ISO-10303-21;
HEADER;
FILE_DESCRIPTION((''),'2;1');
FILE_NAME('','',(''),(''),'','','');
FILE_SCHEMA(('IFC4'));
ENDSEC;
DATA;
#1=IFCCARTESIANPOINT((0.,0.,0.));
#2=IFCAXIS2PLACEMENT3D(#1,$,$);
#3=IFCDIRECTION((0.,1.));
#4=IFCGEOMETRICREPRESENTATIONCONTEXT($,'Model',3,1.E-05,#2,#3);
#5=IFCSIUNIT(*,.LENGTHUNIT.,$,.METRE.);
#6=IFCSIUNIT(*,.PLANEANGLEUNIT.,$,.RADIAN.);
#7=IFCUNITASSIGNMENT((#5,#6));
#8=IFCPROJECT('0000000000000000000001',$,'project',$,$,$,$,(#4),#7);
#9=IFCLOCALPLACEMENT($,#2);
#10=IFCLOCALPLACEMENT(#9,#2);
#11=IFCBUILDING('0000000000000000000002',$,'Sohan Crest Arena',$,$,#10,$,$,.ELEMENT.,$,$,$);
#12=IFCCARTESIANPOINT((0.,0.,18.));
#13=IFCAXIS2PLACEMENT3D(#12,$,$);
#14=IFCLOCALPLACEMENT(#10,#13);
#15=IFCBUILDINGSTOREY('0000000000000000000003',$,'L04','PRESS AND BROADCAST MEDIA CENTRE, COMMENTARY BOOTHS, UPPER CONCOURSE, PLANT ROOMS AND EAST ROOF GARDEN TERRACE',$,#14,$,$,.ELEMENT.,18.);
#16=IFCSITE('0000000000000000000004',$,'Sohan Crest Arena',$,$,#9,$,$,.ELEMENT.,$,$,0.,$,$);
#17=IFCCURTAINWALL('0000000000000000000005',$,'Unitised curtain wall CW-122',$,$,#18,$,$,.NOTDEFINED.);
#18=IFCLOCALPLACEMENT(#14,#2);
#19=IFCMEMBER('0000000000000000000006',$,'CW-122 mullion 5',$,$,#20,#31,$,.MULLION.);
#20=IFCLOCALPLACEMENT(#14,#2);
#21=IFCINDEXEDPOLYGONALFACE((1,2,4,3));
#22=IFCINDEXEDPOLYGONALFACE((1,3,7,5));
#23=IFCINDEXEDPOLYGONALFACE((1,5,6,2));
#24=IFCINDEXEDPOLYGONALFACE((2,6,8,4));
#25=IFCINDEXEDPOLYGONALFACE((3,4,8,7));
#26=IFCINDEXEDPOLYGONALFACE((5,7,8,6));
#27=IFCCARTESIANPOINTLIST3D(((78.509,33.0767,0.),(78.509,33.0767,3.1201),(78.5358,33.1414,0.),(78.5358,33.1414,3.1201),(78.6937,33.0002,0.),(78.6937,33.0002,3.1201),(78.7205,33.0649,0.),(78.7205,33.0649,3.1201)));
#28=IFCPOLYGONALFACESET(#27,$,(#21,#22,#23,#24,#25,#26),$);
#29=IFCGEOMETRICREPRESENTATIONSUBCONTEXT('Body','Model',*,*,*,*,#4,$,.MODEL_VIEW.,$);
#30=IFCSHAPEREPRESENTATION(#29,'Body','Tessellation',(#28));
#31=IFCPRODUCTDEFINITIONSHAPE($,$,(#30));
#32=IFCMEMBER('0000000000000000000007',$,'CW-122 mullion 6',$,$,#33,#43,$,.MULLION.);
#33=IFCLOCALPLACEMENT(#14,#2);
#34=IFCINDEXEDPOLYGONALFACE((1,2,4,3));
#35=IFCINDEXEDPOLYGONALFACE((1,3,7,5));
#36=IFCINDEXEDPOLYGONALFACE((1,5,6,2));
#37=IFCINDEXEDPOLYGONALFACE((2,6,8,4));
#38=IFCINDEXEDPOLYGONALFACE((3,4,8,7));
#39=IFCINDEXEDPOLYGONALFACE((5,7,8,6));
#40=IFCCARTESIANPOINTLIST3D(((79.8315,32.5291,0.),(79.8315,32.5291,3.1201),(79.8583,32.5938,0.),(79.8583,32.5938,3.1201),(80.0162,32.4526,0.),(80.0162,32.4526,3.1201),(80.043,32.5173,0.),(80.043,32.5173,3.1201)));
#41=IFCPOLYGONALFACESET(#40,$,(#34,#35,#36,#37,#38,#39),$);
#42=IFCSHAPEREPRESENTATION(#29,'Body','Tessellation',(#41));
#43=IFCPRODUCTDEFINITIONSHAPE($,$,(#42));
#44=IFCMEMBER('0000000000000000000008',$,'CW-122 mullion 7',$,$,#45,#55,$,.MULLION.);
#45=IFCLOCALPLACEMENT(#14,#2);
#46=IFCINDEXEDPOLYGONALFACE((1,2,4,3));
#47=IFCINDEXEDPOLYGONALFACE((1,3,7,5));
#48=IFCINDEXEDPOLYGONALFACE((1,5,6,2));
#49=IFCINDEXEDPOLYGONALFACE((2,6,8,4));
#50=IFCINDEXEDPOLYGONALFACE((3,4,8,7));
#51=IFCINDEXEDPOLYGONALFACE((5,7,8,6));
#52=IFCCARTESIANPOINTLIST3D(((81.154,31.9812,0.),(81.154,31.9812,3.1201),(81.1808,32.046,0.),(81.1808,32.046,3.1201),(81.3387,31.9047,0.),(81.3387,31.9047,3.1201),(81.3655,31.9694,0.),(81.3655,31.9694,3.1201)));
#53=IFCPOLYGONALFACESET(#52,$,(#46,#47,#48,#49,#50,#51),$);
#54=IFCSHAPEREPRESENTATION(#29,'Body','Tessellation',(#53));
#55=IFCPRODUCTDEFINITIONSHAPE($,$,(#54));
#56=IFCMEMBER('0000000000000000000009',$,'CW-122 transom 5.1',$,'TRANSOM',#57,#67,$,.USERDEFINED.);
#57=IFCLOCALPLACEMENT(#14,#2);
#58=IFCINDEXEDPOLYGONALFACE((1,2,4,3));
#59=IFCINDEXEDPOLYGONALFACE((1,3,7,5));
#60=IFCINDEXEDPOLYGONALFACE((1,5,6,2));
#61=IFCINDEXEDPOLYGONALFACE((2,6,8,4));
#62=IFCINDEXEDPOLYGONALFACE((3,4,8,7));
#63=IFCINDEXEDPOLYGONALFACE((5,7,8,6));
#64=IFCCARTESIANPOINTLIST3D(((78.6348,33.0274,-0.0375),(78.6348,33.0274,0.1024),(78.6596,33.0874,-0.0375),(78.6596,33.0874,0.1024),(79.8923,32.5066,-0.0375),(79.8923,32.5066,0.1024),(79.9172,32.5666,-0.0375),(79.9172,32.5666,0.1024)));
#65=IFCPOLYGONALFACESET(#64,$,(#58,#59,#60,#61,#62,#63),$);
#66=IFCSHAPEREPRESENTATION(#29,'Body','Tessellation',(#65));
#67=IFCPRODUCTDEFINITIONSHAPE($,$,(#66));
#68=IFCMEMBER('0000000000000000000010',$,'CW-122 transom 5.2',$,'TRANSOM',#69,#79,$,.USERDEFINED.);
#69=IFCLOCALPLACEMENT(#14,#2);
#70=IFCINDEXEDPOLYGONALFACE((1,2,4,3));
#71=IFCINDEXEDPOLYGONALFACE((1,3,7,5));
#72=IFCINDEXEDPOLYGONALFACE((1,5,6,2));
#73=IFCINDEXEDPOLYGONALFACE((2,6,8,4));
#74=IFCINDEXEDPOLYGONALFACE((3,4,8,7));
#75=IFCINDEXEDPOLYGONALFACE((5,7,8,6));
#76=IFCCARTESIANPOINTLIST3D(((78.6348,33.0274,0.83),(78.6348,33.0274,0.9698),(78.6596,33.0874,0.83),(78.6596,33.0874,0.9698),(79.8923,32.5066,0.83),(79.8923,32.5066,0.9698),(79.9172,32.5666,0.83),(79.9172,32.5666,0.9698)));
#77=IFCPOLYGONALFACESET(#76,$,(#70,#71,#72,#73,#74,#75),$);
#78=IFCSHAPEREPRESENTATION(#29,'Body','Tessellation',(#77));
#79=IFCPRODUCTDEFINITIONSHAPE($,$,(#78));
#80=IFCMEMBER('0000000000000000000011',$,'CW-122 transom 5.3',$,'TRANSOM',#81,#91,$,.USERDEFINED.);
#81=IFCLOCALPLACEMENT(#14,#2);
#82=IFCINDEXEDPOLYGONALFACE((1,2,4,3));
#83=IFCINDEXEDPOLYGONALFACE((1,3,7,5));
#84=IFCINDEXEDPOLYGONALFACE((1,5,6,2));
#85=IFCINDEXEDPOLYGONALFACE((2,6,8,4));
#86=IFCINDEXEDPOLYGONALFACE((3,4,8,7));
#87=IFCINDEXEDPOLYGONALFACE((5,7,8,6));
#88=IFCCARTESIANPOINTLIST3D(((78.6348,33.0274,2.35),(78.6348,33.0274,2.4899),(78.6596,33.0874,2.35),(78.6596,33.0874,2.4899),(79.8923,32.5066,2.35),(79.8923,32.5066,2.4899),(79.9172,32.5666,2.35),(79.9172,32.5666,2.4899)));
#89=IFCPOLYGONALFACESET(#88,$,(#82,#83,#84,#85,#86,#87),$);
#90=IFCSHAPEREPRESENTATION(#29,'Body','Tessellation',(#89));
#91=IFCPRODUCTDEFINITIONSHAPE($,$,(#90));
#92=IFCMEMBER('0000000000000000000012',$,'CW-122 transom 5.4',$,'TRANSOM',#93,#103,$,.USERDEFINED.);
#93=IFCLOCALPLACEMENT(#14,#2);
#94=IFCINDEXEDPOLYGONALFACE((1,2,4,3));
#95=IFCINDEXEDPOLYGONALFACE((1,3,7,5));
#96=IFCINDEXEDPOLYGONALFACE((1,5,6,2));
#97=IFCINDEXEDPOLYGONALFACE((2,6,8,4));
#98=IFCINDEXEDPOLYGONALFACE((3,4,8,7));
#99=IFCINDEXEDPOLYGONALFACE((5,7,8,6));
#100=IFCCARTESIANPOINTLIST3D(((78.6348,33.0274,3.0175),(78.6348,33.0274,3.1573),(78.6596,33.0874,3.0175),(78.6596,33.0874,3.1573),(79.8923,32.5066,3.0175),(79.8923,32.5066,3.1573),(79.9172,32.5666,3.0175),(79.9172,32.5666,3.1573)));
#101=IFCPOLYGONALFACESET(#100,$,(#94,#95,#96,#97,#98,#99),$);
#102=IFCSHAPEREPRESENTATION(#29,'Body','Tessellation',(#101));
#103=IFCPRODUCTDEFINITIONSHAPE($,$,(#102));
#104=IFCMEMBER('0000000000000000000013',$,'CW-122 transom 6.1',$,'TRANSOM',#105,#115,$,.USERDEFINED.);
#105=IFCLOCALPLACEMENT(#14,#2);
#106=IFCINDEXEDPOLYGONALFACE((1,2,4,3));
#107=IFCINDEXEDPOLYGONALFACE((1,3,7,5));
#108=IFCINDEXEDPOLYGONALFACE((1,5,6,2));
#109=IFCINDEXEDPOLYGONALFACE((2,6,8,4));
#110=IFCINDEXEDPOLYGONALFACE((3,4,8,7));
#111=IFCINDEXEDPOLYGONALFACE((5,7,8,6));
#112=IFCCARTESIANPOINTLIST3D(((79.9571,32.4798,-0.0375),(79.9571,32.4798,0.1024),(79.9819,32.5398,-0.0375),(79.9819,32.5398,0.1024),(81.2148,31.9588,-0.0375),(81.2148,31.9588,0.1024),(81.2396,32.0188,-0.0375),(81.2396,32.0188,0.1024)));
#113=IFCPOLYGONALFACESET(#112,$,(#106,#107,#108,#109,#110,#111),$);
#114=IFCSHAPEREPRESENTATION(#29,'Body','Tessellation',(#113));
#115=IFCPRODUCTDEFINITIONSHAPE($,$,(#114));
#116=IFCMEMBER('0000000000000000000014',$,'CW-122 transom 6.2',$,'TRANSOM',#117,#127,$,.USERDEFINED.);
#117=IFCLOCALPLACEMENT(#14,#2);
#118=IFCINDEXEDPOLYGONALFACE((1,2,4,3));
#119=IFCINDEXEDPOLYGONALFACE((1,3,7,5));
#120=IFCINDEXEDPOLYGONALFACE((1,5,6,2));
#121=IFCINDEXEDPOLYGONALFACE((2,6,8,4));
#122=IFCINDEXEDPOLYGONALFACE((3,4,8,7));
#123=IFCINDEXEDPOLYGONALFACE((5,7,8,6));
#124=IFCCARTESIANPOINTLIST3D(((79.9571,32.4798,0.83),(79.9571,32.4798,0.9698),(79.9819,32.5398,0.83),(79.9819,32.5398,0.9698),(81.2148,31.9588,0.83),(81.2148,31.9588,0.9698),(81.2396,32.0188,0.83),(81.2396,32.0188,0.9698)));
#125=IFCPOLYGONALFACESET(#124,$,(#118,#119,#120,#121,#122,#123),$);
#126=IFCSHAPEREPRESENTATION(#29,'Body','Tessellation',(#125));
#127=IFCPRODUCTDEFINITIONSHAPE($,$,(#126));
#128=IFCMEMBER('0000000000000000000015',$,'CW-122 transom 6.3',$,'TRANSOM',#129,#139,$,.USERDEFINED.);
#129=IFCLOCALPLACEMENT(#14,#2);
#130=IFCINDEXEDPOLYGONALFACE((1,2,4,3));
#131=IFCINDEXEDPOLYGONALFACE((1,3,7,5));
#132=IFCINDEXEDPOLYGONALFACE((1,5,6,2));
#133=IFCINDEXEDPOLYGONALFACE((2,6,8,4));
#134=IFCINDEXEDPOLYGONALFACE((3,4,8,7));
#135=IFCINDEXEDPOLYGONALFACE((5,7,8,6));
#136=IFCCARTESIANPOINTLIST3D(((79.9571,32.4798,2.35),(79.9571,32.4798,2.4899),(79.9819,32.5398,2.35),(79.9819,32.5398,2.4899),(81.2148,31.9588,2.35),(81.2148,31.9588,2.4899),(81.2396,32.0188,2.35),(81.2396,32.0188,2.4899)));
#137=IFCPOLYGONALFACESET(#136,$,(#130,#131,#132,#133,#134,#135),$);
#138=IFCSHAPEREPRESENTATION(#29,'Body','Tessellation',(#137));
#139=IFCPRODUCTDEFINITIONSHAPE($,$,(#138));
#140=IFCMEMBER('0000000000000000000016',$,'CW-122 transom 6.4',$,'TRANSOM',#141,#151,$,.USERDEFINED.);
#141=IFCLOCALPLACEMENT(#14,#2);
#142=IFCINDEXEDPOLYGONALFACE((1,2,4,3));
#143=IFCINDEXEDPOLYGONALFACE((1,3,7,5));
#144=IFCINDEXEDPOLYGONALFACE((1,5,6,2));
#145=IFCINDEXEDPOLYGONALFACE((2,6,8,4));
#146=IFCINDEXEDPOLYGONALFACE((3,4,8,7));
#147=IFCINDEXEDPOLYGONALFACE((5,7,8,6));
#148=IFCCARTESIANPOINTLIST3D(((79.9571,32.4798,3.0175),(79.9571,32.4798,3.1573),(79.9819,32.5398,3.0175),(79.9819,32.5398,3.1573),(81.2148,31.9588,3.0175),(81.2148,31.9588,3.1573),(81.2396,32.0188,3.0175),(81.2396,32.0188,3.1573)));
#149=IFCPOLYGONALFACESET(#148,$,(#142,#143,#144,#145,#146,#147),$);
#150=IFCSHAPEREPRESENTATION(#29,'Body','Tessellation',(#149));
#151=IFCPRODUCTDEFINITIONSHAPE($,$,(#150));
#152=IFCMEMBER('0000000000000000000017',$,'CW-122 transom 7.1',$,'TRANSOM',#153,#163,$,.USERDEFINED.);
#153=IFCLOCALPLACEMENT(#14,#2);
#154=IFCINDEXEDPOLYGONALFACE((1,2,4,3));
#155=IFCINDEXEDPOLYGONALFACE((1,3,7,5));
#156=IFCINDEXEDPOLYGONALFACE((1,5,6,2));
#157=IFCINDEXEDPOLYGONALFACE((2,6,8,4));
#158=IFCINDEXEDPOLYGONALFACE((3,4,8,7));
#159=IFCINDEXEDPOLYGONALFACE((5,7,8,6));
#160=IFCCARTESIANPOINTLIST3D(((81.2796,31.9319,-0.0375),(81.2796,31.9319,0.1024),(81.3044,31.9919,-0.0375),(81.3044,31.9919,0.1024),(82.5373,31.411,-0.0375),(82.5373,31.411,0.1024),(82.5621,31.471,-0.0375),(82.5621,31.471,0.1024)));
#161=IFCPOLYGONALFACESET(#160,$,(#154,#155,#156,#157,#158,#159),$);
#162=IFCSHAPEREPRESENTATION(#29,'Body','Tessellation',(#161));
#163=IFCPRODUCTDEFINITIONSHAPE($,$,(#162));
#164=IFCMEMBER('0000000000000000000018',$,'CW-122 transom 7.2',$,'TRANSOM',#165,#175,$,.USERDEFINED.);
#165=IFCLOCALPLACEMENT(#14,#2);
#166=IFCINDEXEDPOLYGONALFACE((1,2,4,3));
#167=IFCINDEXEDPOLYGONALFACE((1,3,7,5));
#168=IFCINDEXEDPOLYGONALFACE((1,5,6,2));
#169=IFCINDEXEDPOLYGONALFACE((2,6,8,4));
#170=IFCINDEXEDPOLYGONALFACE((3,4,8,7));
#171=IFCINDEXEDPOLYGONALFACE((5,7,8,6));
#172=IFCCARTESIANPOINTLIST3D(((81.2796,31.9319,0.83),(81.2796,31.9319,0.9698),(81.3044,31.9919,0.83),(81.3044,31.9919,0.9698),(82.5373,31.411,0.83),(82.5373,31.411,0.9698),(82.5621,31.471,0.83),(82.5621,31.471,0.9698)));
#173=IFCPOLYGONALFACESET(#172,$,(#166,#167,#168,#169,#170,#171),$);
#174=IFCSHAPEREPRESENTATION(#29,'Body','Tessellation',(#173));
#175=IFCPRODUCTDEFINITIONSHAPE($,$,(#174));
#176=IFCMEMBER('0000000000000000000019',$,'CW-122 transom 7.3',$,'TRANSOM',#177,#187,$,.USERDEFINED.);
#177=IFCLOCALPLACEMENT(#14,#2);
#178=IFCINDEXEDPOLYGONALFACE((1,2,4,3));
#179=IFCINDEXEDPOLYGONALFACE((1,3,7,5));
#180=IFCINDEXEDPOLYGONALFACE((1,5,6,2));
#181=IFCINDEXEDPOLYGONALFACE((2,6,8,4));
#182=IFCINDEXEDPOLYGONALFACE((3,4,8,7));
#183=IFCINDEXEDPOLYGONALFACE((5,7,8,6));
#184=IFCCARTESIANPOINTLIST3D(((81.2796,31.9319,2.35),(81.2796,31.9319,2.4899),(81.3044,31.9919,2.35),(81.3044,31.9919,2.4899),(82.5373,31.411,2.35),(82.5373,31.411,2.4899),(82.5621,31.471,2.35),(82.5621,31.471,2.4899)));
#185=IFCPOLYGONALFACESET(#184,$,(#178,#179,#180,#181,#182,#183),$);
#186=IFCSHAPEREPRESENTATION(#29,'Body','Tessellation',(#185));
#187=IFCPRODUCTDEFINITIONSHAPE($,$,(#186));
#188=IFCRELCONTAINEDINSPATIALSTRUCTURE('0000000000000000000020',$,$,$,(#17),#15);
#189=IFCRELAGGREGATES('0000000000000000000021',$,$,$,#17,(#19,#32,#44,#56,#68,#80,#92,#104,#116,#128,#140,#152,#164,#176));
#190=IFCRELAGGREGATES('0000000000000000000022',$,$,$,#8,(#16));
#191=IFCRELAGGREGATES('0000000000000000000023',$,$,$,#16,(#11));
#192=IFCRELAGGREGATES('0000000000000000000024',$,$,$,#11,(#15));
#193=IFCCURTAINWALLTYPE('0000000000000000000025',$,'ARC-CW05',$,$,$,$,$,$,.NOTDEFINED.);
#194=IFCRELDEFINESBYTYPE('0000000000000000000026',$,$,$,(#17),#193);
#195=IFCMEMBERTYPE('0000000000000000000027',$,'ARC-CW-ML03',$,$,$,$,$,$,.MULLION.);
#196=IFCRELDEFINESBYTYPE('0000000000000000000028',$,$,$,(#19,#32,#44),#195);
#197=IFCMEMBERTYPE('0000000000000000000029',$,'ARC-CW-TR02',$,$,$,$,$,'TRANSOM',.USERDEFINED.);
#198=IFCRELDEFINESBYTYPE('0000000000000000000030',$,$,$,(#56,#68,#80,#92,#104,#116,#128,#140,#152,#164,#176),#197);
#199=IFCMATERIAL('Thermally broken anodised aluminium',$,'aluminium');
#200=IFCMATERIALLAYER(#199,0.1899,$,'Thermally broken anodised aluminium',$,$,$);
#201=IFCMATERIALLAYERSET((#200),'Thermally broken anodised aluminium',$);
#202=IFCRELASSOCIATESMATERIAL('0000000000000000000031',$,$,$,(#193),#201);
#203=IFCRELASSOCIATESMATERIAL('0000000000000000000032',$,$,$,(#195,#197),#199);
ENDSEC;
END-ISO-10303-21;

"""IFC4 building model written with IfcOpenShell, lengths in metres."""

from ifc_helpers import new_model, si_unit, direction, frame, origin, origin_2d, place, context, subcontext, project, spatial, rectangle, extrude, material, layer, layer_set, material_profile, profile_set, type_object, element, aggregate, save


model = new_model("IFC4")

# Units and contexts
model_context = context("Model", 3, precision=1e-05, world=origin(), true_north=direction((0.0, 1.0)))
body_context = subcontext(model_context, "Body", "Model", "MODEL_VIEW")
ifc_project = project(units=[si_unit("LENGTHUNIT", "METRE"), si_unit("PLANEANGLEUNIT", "RADIAN")], contexts=[model_context])

# Site, building, storey
site_placement = place(None, origin())
site = spatial("IfcSite", under=ifc_project, at=site_placement, Name="Sohan Crest Arena", CompositionType="ELEMENT", RefElevation=0.0)
building_placement = place(site_placement, origin())
building = spatial("IfcBuilding", under=site, at=building_placement, Name="Sohan Crest Arena", CompositionType="ELEMENT")
storey_placement = place(building_placement, frame((0.0, 0.0, 18.0)))
storey = spatial("IfcBuildingStorey", under=building, at=storey_placement, Name="L04", Description="PRESS AND BROADCAST MEDIA CENTRE, COMMENTARY BOOTHS, UPPER CONCOURSE, PLANT ROOMS AND EAST ROOF GARDEN TERRACE", CompositionType="ELEMENT", Elevation=18.0)

# Curtain wall, members
ifc_material_1 = material(Name="Thermally broken anodised aluminium", Category="aluminium")
ifc_layer_1 = layer(ifc_material_1, 0.1899, Name="Thermally broken anodised aluminium")
ifc_layer_set_1 = layer_set([ifc_layer_1], Name="Thermally broken anodised aluminium")
curtain_wall_type = type_object("IfcCurtainWallType", Name="ARC-CW05", PredefinedType="NOTDEFINED", material=ifc_layer_set_1)
curtain_wall_placement = place(storey_placement, origin())
curtain_wall = element("IfcCurtainWall", 1, at=curtain_wall_placement, inside=storey, type_object=curtain_wall_type, Name="Unitised curtain wall CW-122", PredefinedType="NOTDEFINED")
ifc_material_profile_1 = material_profile(ifc_material_1, rectangle(XDim=0.0701, YDim=0.2, at=origin_2d()), Name="ALU-MULL 70x200")
ifc_profile_set_1 = profile_set([ifc_material_profile_1], Name="Thermally broken anodised aluminium")
member_type_1 = type_object("IfcMemberType", Name="ARC-CW-ML03", PredefinedType="MULLION", material=ifc_profile_set_1)
member_1_placement = place(storey_placement, frame((78.6147, 33.0708, 0.0), z_axis=(0.0, 0.0, 1.0), x_axis=(0.382685, 0.923879, 0.0)))
member_1 = element("IfcMember", 2, at=member_1_placement, type_object=member_type_1, Name="CW-122 mullion 5", PredefinedType="MULLION", context=body_context, shape_type="SweptSolid", body=[
    extrude(rectangle(XDim=0.0701, YDim=0.2, at=origin_2d()), origin(), (0.0, 0.0, 1.0), 3.1201),
])
member_2_placement = place(storey_placement, frame((79.9373, 32.5232, 0.0), z_axis=(0.0, 0.0, 1.0), x_axis=(0.382685, 0.923879, 0.0)))
member_2 = element("IfcMember", 3, at=member_2_placement, type_object=member_type_1, Name="CW-122 mullion 6", PredefinedType="MULLION", context=body_context, shape_type="SweptSolid", body=[
    extrude(rectangle(XDim=0.0701, YDim=0.2, at=origin_2d()), origin(), (0.0, 0.0, 1.0), 3.1201),
])
member_3_placement = place(storey_placement, frame((81.2598, 31.9753, 0.0), z_axis=(0.0, 0.0, 1.0), x_axis=(0.382685, 0.923879, 0.0)))
member_3 = element("IfcMember", 4, at=member_3_placement, type_object=member_type_1, Name="CW-122 mullion 7", PredefinedType="MULLION", context=body_context, shape_type="SweptSolid", body=[
    extrude(rectangle(XDim=0.0701, YDim=0.2, at=origin_2d()), origin(), (0.0, 0.0, 1.0), 3.1201),
])
ifc_material_profile_2 = material_profile(ifc_material_1, rectangle(XDim=0.0649, YDim=0.1399, at=origin_2d()), Name="ALU-TRAN 65x140")
ifc_profile_set_2 = profile_set([ifc_material_profile_2], Name="Thermally broken anodised aluminium")
member_type_2 = type_object("IfcMemberType", Name="ARC-CW-TR02", ElementType="TRANSOM", PredefinedType="USERDEFINED", material=ifc_profile_set_2)
member_4_placement = place(storey_placement, frame((78.6472, 33.0574, 0.0325), z_axis=(0.923918, -0.382589, 0.0), x_axis=(0.382589, 0.923918, 0.0)))
member_4 = element("IfcMember", 5, at=member_4_placement, type_object=member_type_2, Name="CW-122 transom 5.1", ObjectType="TRANSOM", PredefinedType="USERDEFINED", context=body_context, shape_type="SweptSolid", body=[
    extrude(rectangle(XDim=0.0649, YDim=0.1399, at=origin_2d()), origin(), (0.0, 0.0, 1.0), 1.3611),
])
member_5_placement = place(storey_placement, frame((78.6472, 33.0574, 0.8999), z_axis=(0.923918, -0.382589, 0.0), x_axis=(0.382589, 0.923918, 0.0)))
member_5 = element("IfcMember", 6, at=member_5_placement, type_object=member_type_2, Name="CW-122 transom 5.2", ObjectType="TRANSOM", PredefinedType="USERDEFINED", context=body_context, shape_type="SweptSolid", body=[
    extrude(rectangle(XDim=0.0649, YDim=0.1399, at=origin_2d()), origin(), (0.0, 0.0, 1.0), 1.3611),
])
member_6_placement = place(storey_placement, frame((78.6472, 33.0574, 2.4199), z_axis=(0.923918, -0.382589, 0.0), x_axis=(0.382589, 0.923918, 0.0)))
member_6 = element("IfcMember", 7, at=member_6_placement, type_object=member_type_2, Name="CW-122 transom 5.3", ObjectType="TRANSOM", PredefinedType="USERDEFINED", context=body_context, shape_type="SweptSolid", body=[
    extrude(rectangle(XDim=0.0649, YDim=0.1399, at=origin_2d()), origin(), (0.0, 0.0, 1.0), 1.3611),
])
member_7_placement = place(storey_placement, frame((78.6472, 33.0574, 3.0874), z_axis=(0.923918, -0.382589, 0.0), x_axis=(0.382589, 0.923918, 0.0)))
member_7 = element("IfcMember", 8, at=member_7_placement, type_object=member_type_2, Name="CW-122 transom 5.4", ObjectType="TRANSOM", PredefinedType="USERDEFINED", context=body_context, shape_type="SweptSolid", body=[
    extrude(rectangle(XDim=0.0649, YDim=0.1399, at=origin_2d()), origin(), (0.0, 0.0, 1.0), 1.3611),
])
member_8_placement = place(storey_placement, frame((79.9695, 32.5098, 0.0325), z_axis=(0.923881, -0.382679, 0.0), x_axis=(0.382679, 0.923881, 0.0)))
member_8 = element("IfcMember", 9, at=member_8_placement, type_object=member_type_2, Name="CW-122 transom 6.1", ObjectType="TRANSOM", PredefinedType="USERDEFINED", context=body_context, shape_type="SweptSolid", body=[
    extrude(rectangle(XDim=0.0649, YDim=0.1399, at=origin_2d()), origin(), (0.0, 0.0, 1.0), 1.3613),
])
member_9_placement = place(storey_placement, frame((79.9695, 32.5098, 0.8999), z_axis=(0.923881, -0.382679, 0.0), x_axis=(0.382679, 0.923881, 0.0)))
member_9 = element("IfcMember", 10, at=member_9_placement, type_object=member_type_2, Name="CW-122 transom 6.2", ObjectType="TRANSOM", PredefinedType="USERDEFINED", context=body_context, shape_type="SweptSolid", body=[
    extrude(rectangle(XDim=0.0649, YDim=0.1399, at=origin_2d()), origin(), (0.0, 0.0, 1.0), 1.3613),
])
member_10_placement = place(storey_placement, frame((79.9695, 32.5098, 2.4199), z_axis=(0.923881, -0.382679, 0.0), x_axis=(0.382679, 0.923881, 0.0)))
member_10 = element("IfcMember", 11, at=member_10_placement, type_object=member_type_2, Name="CW-122 transom 6.3", ObjectType="TRANSOM", PredefinedType="USERDEFINED", context=body_context, shape_type="SweptSolid", body=[
    extrude(rectangle(XDim=0.0649, YDim=0.1399, at=origin_2d()), origin(), (0.0, 0.0, 1.0), 1.3613),
])
member_11_placement = place(storey_placement, frame((79.9695, 32.5098, 3.0874), z_axis=(0.923881, -0.382679, 0.0), x_axis=(0.382679, 0.923881, 0.0)))
member_11 = element("IfcMember", 12, at=member_11_placement, type_object=member_type_2, Name="CW-122 transom 6.4", ObjectType="TRANSOM", PredefinedType="USERDEFINED", context=body_context, shape_type="SweptSolid", body=[
    extrude(rectangle(XDim=0.0649, YDim=0.1399, at=origin_2d()), origin(), (0.0, 0.0, 1.0), 1.3613),
])
member_12_placement = place(storey_placement, frame((81.292, 31.9619, 0.0325), z_axis=(0.923881, -0.382679, 0.0), x_axis=(0.382679, 0.923881, 0.0)))
member_12 = element("IfcMember", 13, at=member_12_placement, type_object=member_type_2, Name="CW-122 transom 7.1", ObjectType="TRANSOM", PredefinedType="USERDEFINED", context=body_context, shape_type="SweptSolid", body=[
    extrude(rectangle(XDim=0.0649, YDim=0.1399, at=origin_2d()), origin(), (0.0, 0.0, 1.0), 1.3613),
])
member_13_placement = place(storey_placement, frame((81.292, 31.9619, 0.8999), z_axis=(0.923881, -0.382679, 0.0), x_axis=(0.382679, 0.923881, 0.0)))
member_13 = element("IfcMember", 14, at=member_13_placement, type_object=member_type_2, Name="CW-122 transom 7.2", ObjectType="TRANSOM", PredefinedType="USERDEFINED", context=body_context, shape_type="SweptSolid", body=[
    extrude(rectangle(XDim=0.0649, YDim=0.1399, at=origin_2d()), origin(), (0.0, 0.0, 1.0), 1.3613),
])
member_14_placement = place(storey_placement, frame((81.292, 31.9619, 2.4199), z_axis=(0.923881, -0.382679, 0.0), x_axis=(0.382679, 0.923881, 0.0)))
member_14 = element("IfcMember", 15, at=member_14_placement, type_object=member_type_2, Name="CW-122 transom 7.3", ObjectType="TRANSOM", PredefinedType="USERDEFINED", context=body_context, shape_type="SweptSolid", body=[
    extrude(rectangle(XDim=0.0649, YDim=0.1399, at=origin_2d()), origin(), (0.0, 0.0, 1.0), 1.3613),
])
aggregate(curtain_wall, [member_1, member_2, member_3, member_4, member_5, member_6, member_7, member_8, member_9, member_10, member_11, member_12, member_13, member_14])

save(model, "model.ifc")
